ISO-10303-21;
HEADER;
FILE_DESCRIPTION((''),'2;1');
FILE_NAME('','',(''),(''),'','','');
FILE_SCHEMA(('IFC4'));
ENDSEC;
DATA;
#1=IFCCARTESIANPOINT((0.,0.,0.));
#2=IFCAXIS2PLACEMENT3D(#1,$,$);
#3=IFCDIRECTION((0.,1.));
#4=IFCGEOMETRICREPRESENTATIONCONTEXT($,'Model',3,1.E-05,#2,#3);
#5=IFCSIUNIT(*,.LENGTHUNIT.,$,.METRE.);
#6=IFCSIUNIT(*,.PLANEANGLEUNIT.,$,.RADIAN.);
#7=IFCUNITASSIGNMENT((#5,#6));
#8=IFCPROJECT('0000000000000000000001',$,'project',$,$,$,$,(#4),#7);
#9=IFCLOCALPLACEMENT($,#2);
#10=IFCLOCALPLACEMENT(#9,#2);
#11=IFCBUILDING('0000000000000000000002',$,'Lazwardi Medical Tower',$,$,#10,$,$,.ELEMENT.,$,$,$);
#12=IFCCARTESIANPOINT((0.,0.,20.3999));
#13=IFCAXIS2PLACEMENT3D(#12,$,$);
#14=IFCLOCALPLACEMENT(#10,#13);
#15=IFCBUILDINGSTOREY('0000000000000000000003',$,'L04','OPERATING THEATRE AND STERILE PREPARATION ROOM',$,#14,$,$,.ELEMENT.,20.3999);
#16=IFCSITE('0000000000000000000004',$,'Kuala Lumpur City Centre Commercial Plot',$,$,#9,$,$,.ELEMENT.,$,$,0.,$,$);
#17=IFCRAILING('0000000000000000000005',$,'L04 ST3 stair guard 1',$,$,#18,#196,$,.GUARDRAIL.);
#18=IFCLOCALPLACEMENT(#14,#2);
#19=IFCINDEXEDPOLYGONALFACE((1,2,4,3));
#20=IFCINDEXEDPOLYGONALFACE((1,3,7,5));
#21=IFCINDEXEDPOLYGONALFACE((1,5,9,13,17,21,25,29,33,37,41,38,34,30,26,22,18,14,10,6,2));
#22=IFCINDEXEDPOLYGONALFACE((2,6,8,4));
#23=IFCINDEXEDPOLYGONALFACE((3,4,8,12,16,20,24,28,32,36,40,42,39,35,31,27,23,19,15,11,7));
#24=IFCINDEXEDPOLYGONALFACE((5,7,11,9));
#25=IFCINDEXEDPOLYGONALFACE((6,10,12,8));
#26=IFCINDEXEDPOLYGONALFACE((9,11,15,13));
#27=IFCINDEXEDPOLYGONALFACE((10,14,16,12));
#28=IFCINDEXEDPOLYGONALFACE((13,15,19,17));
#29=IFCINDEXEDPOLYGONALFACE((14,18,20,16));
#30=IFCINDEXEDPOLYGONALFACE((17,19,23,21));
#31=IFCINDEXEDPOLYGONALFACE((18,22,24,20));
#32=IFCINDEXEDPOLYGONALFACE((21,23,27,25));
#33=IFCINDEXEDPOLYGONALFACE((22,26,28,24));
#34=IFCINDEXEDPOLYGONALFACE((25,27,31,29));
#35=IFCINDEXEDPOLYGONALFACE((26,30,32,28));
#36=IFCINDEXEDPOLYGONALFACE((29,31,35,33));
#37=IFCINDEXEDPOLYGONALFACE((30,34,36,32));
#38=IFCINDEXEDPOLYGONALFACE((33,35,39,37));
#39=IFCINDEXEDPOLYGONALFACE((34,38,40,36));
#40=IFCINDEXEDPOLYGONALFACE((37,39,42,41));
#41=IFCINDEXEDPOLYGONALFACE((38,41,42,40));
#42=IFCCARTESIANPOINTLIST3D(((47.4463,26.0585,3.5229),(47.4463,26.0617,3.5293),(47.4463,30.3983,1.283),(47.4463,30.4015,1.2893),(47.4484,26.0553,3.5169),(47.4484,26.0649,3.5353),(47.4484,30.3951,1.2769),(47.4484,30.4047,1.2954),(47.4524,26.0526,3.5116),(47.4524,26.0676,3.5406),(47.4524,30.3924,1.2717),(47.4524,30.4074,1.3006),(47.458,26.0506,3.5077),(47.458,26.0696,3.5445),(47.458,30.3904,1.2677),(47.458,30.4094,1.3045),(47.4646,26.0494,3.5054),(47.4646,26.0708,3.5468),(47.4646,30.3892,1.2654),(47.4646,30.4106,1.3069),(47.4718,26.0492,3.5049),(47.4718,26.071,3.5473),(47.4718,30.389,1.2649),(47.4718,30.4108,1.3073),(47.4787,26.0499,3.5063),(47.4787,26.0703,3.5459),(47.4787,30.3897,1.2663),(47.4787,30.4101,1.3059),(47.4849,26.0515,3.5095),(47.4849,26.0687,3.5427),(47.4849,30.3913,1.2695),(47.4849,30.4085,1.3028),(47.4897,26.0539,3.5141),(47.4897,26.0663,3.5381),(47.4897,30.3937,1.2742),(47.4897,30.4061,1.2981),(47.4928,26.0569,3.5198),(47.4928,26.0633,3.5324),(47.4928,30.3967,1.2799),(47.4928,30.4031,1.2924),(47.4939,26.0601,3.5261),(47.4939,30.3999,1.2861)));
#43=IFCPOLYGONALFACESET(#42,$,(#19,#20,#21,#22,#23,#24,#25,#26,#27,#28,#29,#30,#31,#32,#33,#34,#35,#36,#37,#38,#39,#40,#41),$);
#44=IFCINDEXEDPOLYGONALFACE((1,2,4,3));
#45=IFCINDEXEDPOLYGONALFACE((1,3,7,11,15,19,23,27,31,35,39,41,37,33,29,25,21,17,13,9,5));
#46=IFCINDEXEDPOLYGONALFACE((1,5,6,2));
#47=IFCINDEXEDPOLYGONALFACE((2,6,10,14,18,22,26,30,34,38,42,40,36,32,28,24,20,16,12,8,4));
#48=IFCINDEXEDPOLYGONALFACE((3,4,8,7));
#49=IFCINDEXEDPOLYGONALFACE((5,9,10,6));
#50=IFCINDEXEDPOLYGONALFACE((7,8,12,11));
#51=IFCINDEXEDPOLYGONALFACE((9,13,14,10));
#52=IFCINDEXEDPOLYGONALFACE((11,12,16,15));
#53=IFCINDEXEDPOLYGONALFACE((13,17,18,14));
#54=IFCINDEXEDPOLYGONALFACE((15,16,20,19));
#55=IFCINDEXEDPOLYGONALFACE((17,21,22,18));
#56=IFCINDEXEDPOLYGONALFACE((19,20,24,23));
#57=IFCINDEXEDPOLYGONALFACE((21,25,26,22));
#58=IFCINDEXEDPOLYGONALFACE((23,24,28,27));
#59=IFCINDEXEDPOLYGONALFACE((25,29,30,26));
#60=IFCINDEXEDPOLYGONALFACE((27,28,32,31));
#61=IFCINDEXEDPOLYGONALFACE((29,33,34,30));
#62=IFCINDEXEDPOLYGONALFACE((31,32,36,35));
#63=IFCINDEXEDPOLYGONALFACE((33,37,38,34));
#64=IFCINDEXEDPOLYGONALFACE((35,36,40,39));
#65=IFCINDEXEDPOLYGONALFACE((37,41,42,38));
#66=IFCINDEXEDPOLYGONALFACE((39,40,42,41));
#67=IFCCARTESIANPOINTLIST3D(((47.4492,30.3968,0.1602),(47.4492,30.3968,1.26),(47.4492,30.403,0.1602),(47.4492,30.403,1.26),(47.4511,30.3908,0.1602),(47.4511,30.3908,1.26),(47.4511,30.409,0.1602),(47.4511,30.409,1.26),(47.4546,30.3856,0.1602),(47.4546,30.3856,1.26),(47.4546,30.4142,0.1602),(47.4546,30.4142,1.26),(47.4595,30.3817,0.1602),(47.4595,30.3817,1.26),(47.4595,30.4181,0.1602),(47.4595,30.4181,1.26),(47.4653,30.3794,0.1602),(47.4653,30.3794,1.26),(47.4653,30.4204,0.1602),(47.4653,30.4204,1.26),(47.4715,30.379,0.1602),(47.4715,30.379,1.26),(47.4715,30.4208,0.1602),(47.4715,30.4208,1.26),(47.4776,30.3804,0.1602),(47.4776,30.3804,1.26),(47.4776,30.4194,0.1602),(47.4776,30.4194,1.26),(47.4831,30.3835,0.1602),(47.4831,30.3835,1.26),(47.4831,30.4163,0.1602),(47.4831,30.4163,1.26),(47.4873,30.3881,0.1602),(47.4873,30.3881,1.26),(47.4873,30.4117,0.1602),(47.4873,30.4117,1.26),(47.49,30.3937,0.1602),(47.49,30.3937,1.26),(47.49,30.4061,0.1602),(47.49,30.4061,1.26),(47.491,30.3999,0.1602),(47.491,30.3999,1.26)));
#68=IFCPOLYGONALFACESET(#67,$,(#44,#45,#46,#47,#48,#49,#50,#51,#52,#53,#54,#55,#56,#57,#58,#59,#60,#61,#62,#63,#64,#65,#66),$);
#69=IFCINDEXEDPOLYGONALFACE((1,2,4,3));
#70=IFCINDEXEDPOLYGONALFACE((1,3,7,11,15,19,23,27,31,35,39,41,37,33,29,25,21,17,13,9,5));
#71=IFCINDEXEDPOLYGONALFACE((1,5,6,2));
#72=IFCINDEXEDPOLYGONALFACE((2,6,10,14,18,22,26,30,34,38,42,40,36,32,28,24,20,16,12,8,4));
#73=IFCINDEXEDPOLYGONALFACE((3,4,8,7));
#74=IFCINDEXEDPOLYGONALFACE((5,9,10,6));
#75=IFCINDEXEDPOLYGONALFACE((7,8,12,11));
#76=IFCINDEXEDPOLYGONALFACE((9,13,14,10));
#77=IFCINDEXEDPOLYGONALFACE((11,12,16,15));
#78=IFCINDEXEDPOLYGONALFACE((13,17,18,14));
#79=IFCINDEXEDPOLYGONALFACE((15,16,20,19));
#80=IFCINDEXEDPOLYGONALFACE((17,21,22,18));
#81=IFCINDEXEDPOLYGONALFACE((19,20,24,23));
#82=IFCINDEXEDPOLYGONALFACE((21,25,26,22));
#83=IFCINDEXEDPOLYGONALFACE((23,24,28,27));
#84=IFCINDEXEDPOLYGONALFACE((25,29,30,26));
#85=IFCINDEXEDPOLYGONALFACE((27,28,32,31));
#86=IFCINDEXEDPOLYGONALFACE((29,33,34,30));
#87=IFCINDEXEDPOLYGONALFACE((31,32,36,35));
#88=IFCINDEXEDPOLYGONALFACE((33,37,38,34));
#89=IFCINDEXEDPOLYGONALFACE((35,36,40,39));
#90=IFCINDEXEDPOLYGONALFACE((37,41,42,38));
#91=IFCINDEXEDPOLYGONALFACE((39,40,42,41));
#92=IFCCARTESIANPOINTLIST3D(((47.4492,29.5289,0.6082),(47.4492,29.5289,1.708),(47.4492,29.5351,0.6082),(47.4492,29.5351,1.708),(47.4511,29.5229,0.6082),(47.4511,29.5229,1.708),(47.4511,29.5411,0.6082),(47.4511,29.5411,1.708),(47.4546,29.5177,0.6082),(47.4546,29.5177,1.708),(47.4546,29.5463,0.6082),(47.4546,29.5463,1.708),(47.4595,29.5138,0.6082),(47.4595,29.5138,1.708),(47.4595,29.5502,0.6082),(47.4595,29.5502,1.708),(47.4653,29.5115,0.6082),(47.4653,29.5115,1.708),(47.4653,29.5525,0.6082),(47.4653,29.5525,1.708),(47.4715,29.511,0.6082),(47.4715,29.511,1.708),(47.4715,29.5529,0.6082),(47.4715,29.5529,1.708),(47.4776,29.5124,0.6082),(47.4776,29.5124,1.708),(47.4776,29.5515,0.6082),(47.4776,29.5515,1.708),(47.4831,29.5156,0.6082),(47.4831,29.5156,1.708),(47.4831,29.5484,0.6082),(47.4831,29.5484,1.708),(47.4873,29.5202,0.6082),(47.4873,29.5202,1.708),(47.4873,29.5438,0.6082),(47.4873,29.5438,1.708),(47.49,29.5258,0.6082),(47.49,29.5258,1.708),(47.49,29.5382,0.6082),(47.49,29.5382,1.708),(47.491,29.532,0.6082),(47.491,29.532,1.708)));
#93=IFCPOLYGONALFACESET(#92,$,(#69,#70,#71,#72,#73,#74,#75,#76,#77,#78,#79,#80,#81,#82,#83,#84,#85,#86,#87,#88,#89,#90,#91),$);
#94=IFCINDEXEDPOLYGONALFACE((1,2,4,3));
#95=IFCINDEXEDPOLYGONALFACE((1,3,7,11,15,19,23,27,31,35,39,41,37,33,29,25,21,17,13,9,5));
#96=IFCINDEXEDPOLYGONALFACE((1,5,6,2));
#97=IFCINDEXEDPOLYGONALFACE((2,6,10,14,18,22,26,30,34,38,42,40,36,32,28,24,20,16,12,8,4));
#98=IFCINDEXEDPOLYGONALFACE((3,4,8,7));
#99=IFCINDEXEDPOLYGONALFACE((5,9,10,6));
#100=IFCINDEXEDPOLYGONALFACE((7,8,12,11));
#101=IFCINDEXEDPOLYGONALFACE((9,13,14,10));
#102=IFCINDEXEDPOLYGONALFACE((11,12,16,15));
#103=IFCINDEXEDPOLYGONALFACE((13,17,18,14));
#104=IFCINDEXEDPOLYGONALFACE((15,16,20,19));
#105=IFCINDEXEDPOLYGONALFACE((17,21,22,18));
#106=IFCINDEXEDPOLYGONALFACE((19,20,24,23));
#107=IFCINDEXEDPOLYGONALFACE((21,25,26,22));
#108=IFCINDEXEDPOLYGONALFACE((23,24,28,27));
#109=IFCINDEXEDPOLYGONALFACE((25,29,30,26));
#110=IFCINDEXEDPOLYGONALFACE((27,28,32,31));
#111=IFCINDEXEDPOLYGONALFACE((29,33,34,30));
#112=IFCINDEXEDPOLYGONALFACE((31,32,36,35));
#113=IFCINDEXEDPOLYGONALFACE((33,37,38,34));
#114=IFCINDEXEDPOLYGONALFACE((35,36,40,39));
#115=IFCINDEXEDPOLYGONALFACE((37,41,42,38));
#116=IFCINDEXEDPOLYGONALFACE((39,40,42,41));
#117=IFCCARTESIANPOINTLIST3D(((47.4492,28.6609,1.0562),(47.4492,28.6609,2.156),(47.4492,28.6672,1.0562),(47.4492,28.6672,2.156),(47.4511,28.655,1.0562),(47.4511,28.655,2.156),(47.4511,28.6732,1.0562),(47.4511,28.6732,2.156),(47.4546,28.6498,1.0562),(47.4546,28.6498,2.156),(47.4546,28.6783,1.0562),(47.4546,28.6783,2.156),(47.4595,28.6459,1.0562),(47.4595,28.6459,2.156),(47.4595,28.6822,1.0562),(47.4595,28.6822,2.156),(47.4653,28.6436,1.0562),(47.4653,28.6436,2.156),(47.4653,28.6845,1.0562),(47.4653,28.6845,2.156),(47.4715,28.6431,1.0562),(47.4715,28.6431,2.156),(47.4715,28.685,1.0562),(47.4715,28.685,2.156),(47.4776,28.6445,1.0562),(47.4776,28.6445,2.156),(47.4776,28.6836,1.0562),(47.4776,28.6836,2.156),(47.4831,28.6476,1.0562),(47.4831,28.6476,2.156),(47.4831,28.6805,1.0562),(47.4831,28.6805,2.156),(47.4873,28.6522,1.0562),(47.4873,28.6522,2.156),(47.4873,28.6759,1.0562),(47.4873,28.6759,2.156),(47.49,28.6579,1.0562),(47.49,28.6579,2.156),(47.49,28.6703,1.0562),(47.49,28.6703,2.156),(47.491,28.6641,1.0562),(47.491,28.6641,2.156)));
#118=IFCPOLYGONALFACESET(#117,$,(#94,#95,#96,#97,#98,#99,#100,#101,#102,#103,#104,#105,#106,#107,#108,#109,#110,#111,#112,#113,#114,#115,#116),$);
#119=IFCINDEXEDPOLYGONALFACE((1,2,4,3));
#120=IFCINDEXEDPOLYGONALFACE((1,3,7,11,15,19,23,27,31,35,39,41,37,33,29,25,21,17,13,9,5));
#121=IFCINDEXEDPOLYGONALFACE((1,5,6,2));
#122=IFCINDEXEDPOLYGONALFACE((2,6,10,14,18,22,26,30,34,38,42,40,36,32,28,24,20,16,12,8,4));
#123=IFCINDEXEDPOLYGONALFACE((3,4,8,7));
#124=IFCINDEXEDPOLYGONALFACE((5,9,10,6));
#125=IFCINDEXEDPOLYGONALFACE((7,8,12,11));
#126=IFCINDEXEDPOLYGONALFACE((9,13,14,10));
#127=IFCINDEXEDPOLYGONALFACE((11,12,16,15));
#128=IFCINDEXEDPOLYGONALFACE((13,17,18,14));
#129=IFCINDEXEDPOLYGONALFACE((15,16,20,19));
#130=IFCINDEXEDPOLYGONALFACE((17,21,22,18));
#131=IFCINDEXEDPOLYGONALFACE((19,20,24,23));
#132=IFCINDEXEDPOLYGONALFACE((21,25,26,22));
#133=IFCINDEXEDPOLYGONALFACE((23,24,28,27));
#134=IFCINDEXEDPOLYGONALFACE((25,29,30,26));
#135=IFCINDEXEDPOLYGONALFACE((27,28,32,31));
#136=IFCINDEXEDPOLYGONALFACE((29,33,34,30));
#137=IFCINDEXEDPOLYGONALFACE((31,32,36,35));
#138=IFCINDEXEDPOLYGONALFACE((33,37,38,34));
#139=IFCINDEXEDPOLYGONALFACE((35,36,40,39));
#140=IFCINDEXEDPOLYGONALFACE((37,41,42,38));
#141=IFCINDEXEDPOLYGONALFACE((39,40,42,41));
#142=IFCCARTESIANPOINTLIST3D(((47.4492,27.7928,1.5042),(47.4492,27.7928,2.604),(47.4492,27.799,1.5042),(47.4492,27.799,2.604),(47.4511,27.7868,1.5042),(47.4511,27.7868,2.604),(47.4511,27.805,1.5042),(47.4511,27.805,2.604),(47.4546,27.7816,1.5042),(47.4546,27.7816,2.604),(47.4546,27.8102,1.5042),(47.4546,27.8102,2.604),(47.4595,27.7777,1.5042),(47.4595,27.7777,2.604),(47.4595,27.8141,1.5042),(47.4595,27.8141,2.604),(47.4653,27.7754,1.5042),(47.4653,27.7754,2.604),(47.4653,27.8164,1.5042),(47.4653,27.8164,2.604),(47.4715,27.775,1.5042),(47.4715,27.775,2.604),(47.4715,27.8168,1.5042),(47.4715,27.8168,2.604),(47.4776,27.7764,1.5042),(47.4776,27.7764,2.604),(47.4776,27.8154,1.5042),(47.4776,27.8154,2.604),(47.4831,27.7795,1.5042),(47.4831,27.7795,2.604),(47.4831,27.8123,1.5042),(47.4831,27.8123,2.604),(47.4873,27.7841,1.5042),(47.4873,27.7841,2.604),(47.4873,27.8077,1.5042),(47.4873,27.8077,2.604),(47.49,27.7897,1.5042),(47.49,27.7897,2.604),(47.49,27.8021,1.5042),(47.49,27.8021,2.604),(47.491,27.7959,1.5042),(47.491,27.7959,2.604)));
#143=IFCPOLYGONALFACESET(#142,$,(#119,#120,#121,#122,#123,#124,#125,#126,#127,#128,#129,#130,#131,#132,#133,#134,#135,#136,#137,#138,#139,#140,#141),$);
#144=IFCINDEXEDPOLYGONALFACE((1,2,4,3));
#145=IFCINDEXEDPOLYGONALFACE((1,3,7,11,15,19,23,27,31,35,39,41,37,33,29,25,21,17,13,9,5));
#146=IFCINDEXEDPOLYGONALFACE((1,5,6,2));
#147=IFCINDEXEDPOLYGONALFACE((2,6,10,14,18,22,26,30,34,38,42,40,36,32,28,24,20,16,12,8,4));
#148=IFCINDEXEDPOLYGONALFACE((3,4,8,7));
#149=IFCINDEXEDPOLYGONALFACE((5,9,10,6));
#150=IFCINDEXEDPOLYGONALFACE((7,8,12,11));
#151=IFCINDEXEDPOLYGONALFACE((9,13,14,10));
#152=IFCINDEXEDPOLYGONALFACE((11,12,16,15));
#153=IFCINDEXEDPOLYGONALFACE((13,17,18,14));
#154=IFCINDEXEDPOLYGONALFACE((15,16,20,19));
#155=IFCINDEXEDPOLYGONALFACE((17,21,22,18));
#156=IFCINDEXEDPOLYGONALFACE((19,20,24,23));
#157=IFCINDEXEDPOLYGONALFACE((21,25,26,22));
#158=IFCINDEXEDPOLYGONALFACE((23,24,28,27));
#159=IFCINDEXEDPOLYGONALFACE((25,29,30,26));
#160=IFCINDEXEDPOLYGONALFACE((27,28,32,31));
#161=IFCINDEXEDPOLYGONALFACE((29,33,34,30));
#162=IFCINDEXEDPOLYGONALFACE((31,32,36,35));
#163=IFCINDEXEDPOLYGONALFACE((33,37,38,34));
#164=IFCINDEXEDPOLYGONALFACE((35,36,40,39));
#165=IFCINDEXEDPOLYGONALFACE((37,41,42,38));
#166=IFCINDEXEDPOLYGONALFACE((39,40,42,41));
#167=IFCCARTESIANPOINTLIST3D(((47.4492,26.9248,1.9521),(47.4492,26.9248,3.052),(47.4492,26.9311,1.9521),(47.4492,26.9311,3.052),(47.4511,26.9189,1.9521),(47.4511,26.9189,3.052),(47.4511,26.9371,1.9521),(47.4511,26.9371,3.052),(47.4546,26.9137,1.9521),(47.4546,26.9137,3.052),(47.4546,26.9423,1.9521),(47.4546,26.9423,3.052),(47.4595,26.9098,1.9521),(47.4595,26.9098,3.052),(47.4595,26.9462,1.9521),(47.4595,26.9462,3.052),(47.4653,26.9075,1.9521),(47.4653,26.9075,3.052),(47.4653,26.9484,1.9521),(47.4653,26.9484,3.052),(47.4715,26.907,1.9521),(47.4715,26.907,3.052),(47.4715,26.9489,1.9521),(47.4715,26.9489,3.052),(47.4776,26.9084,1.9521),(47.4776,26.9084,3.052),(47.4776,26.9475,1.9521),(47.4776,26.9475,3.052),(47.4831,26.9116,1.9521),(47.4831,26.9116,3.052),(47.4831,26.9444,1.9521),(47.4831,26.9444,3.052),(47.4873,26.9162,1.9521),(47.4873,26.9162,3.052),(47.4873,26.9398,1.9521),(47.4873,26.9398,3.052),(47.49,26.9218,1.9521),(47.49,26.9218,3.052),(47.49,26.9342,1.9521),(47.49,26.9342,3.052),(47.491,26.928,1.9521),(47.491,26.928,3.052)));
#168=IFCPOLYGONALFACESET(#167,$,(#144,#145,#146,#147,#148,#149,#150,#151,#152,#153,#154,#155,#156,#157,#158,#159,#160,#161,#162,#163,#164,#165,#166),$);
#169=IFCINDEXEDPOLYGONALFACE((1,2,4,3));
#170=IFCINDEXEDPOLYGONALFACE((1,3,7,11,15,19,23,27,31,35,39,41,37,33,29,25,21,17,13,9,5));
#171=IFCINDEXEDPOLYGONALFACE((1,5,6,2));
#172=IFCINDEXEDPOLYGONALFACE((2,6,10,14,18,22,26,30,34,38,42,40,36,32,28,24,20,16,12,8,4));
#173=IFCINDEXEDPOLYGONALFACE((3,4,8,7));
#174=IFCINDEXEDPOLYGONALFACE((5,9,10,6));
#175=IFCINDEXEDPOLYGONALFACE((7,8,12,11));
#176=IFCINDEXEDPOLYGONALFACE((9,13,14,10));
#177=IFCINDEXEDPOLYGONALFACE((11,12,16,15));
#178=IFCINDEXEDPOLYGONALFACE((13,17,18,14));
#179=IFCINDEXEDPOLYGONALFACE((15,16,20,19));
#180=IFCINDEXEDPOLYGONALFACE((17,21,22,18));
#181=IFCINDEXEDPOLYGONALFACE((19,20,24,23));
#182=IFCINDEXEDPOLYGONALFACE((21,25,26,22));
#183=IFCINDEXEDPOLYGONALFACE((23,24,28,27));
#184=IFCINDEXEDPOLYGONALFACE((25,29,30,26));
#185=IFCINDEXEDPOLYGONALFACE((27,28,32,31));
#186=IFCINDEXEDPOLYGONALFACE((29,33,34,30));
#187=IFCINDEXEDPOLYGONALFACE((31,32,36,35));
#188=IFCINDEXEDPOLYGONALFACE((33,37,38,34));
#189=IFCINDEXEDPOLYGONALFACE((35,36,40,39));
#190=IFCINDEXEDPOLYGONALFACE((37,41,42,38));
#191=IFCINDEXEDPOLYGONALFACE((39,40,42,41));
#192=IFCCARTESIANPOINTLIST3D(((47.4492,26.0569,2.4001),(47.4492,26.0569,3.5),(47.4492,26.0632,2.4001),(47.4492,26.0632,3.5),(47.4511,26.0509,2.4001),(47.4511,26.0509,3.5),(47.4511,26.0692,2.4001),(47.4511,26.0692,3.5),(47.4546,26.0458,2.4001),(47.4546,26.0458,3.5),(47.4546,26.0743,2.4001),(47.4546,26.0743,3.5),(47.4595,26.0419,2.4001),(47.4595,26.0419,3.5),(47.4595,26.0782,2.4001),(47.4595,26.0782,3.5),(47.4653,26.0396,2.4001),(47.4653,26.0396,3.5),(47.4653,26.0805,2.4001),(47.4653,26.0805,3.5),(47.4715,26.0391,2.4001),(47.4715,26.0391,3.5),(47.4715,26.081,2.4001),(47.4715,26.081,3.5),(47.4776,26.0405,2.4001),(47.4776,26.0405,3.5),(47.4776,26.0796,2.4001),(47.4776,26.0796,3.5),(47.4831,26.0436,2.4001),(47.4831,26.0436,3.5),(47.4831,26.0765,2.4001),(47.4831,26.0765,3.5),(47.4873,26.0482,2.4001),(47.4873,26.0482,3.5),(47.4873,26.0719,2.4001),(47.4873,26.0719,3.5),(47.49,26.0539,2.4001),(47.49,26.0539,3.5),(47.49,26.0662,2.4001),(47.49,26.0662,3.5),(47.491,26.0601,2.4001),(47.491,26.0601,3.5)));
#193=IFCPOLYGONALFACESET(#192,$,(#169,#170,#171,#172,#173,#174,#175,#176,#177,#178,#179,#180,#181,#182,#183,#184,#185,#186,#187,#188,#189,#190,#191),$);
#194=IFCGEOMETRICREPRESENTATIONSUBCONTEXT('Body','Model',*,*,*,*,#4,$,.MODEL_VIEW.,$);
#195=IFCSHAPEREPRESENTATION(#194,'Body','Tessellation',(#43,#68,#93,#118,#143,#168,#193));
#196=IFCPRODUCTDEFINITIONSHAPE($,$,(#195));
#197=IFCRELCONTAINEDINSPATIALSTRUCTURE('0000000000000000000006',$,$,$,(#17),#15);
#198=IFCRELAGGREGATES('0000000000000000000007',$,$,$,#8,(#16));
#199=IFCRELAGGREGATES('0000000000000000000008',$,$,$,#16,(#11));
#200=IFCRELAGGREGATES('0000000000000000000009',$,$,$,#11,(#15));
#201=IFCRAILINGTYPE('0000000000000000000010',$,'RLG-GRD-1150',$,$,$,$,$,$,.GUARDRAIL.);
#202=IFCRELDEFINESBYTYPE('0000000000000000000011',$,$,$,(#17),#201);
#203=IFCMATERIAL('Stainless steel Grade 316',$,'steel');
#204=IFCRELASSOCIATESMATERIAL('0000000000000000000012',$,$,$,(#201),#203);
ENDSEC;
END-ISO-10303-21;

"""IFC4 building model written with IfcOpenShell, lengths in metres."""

from ifc_helpers import new_model, si_unit, direction, frame, origin, origin_2d, place, context, subcontext, project, spatial, circle, extrude, material, type_object, element, save


model = new_model("IFC4")

# Units and contexts
model_context = context("Model", 3, precision=1e-05, world=origin(), true_north=direction((0.0, 1.0)))
body_context = subcontext(model_context, "Body", "Model", "MODEL_VIEW")
ifc_project = project(units=[si_unit("LENGTHUNIT", "METRE"), si_unit("PLANEANGLEUNIT", "RADIAN")], contexts=[model_context])

# Site, building, storey
site_placement = place(None, origin())
site = spatial("IfcSite", under=ifc_project, at=site_placement, Name="Kuala Lumpur City Centre Commercial Plot", CompositionType="ELEMENT", RefElevation=0.0)
building_placement = place(site_placement, origin())
building = spatial("IfcBuilding", under=site, at=building_placement, Name="Lazwardi Medical Tower", CompositionType="ELEMENT")
storey_placement = place(building_placement, frame((0.0, 0.0, 20.3999)))
storey = spatial("IfcBuildingStorey", under=building, at=storey_placement, Name="L04", Description="OPERATING THEATRE AND STERILE PREPARATION ROOM", CompositionType="ELEMENT", Elevation=20.3999)

# Railing
ifc_material_1 = material(Name="Stainless steel Grade 316", Category="steel")
railing_type_1 = type_object("IfcRailingType", Name="RLG-GRD-1150", PredefinedType="GUARDRAIL", material=ifc_material_1)
railing_1_placement = place(storey_placement, frame((47.47, 30.3999, 0.1602)))
element("IfcRailing", 1, at=railing_1_placement, inside=storey, type_object=railing_type_1, Name="L04 ST3 stair guard 1", PredefinedType="GUARDRAIL", context=body_context, shape_type="SweptSolid", body=[
    extrude(circle(Radius=0.0239, at=origin_2d()), frame((0.0, 0.0, 1.126), z_axis=(0.0, -0.888615, 0.458654), x_axis=(1.0, 0.0, 0.0)), (0.0, 0.0, 1.0), 4.8838),
    extrude(circle(Radius=0.021, at=origin_2d()), origin(), (0.0, 0.0, 1.0), 1.0999),
    extrude(circle(Radius=0.021, at=origin_2d()), frame((0.0, -0.8679, 0.448)), (0.0, 0.0, 1.0), 1.0999),
    extrude(circle(Radius=0.021, at=origin_2d()), frame((0.0, -1.7358, 0.896)), (0.0, 0.0, 1.0), 1.0999),
    extrude(circle(Radius=0.021, at=origin_2d()), frame((0.0, -2.604, 1.344)), (0.0, 0.0, 1.0), 1.0999),
    extrude(circle(Radius=0.021, at=origin_2d()), frame((0.0, -3.4719, 1.792)), (0.0, 0.0, 1.0), 1.0999),
    extrude(circle(Radius=0.021, at=origin_2d()), frame((0.0, -4.3398, 2.24)), (0.0, 0.0, 1.0), 1.0999),
])

save(model, "model.ifc")
